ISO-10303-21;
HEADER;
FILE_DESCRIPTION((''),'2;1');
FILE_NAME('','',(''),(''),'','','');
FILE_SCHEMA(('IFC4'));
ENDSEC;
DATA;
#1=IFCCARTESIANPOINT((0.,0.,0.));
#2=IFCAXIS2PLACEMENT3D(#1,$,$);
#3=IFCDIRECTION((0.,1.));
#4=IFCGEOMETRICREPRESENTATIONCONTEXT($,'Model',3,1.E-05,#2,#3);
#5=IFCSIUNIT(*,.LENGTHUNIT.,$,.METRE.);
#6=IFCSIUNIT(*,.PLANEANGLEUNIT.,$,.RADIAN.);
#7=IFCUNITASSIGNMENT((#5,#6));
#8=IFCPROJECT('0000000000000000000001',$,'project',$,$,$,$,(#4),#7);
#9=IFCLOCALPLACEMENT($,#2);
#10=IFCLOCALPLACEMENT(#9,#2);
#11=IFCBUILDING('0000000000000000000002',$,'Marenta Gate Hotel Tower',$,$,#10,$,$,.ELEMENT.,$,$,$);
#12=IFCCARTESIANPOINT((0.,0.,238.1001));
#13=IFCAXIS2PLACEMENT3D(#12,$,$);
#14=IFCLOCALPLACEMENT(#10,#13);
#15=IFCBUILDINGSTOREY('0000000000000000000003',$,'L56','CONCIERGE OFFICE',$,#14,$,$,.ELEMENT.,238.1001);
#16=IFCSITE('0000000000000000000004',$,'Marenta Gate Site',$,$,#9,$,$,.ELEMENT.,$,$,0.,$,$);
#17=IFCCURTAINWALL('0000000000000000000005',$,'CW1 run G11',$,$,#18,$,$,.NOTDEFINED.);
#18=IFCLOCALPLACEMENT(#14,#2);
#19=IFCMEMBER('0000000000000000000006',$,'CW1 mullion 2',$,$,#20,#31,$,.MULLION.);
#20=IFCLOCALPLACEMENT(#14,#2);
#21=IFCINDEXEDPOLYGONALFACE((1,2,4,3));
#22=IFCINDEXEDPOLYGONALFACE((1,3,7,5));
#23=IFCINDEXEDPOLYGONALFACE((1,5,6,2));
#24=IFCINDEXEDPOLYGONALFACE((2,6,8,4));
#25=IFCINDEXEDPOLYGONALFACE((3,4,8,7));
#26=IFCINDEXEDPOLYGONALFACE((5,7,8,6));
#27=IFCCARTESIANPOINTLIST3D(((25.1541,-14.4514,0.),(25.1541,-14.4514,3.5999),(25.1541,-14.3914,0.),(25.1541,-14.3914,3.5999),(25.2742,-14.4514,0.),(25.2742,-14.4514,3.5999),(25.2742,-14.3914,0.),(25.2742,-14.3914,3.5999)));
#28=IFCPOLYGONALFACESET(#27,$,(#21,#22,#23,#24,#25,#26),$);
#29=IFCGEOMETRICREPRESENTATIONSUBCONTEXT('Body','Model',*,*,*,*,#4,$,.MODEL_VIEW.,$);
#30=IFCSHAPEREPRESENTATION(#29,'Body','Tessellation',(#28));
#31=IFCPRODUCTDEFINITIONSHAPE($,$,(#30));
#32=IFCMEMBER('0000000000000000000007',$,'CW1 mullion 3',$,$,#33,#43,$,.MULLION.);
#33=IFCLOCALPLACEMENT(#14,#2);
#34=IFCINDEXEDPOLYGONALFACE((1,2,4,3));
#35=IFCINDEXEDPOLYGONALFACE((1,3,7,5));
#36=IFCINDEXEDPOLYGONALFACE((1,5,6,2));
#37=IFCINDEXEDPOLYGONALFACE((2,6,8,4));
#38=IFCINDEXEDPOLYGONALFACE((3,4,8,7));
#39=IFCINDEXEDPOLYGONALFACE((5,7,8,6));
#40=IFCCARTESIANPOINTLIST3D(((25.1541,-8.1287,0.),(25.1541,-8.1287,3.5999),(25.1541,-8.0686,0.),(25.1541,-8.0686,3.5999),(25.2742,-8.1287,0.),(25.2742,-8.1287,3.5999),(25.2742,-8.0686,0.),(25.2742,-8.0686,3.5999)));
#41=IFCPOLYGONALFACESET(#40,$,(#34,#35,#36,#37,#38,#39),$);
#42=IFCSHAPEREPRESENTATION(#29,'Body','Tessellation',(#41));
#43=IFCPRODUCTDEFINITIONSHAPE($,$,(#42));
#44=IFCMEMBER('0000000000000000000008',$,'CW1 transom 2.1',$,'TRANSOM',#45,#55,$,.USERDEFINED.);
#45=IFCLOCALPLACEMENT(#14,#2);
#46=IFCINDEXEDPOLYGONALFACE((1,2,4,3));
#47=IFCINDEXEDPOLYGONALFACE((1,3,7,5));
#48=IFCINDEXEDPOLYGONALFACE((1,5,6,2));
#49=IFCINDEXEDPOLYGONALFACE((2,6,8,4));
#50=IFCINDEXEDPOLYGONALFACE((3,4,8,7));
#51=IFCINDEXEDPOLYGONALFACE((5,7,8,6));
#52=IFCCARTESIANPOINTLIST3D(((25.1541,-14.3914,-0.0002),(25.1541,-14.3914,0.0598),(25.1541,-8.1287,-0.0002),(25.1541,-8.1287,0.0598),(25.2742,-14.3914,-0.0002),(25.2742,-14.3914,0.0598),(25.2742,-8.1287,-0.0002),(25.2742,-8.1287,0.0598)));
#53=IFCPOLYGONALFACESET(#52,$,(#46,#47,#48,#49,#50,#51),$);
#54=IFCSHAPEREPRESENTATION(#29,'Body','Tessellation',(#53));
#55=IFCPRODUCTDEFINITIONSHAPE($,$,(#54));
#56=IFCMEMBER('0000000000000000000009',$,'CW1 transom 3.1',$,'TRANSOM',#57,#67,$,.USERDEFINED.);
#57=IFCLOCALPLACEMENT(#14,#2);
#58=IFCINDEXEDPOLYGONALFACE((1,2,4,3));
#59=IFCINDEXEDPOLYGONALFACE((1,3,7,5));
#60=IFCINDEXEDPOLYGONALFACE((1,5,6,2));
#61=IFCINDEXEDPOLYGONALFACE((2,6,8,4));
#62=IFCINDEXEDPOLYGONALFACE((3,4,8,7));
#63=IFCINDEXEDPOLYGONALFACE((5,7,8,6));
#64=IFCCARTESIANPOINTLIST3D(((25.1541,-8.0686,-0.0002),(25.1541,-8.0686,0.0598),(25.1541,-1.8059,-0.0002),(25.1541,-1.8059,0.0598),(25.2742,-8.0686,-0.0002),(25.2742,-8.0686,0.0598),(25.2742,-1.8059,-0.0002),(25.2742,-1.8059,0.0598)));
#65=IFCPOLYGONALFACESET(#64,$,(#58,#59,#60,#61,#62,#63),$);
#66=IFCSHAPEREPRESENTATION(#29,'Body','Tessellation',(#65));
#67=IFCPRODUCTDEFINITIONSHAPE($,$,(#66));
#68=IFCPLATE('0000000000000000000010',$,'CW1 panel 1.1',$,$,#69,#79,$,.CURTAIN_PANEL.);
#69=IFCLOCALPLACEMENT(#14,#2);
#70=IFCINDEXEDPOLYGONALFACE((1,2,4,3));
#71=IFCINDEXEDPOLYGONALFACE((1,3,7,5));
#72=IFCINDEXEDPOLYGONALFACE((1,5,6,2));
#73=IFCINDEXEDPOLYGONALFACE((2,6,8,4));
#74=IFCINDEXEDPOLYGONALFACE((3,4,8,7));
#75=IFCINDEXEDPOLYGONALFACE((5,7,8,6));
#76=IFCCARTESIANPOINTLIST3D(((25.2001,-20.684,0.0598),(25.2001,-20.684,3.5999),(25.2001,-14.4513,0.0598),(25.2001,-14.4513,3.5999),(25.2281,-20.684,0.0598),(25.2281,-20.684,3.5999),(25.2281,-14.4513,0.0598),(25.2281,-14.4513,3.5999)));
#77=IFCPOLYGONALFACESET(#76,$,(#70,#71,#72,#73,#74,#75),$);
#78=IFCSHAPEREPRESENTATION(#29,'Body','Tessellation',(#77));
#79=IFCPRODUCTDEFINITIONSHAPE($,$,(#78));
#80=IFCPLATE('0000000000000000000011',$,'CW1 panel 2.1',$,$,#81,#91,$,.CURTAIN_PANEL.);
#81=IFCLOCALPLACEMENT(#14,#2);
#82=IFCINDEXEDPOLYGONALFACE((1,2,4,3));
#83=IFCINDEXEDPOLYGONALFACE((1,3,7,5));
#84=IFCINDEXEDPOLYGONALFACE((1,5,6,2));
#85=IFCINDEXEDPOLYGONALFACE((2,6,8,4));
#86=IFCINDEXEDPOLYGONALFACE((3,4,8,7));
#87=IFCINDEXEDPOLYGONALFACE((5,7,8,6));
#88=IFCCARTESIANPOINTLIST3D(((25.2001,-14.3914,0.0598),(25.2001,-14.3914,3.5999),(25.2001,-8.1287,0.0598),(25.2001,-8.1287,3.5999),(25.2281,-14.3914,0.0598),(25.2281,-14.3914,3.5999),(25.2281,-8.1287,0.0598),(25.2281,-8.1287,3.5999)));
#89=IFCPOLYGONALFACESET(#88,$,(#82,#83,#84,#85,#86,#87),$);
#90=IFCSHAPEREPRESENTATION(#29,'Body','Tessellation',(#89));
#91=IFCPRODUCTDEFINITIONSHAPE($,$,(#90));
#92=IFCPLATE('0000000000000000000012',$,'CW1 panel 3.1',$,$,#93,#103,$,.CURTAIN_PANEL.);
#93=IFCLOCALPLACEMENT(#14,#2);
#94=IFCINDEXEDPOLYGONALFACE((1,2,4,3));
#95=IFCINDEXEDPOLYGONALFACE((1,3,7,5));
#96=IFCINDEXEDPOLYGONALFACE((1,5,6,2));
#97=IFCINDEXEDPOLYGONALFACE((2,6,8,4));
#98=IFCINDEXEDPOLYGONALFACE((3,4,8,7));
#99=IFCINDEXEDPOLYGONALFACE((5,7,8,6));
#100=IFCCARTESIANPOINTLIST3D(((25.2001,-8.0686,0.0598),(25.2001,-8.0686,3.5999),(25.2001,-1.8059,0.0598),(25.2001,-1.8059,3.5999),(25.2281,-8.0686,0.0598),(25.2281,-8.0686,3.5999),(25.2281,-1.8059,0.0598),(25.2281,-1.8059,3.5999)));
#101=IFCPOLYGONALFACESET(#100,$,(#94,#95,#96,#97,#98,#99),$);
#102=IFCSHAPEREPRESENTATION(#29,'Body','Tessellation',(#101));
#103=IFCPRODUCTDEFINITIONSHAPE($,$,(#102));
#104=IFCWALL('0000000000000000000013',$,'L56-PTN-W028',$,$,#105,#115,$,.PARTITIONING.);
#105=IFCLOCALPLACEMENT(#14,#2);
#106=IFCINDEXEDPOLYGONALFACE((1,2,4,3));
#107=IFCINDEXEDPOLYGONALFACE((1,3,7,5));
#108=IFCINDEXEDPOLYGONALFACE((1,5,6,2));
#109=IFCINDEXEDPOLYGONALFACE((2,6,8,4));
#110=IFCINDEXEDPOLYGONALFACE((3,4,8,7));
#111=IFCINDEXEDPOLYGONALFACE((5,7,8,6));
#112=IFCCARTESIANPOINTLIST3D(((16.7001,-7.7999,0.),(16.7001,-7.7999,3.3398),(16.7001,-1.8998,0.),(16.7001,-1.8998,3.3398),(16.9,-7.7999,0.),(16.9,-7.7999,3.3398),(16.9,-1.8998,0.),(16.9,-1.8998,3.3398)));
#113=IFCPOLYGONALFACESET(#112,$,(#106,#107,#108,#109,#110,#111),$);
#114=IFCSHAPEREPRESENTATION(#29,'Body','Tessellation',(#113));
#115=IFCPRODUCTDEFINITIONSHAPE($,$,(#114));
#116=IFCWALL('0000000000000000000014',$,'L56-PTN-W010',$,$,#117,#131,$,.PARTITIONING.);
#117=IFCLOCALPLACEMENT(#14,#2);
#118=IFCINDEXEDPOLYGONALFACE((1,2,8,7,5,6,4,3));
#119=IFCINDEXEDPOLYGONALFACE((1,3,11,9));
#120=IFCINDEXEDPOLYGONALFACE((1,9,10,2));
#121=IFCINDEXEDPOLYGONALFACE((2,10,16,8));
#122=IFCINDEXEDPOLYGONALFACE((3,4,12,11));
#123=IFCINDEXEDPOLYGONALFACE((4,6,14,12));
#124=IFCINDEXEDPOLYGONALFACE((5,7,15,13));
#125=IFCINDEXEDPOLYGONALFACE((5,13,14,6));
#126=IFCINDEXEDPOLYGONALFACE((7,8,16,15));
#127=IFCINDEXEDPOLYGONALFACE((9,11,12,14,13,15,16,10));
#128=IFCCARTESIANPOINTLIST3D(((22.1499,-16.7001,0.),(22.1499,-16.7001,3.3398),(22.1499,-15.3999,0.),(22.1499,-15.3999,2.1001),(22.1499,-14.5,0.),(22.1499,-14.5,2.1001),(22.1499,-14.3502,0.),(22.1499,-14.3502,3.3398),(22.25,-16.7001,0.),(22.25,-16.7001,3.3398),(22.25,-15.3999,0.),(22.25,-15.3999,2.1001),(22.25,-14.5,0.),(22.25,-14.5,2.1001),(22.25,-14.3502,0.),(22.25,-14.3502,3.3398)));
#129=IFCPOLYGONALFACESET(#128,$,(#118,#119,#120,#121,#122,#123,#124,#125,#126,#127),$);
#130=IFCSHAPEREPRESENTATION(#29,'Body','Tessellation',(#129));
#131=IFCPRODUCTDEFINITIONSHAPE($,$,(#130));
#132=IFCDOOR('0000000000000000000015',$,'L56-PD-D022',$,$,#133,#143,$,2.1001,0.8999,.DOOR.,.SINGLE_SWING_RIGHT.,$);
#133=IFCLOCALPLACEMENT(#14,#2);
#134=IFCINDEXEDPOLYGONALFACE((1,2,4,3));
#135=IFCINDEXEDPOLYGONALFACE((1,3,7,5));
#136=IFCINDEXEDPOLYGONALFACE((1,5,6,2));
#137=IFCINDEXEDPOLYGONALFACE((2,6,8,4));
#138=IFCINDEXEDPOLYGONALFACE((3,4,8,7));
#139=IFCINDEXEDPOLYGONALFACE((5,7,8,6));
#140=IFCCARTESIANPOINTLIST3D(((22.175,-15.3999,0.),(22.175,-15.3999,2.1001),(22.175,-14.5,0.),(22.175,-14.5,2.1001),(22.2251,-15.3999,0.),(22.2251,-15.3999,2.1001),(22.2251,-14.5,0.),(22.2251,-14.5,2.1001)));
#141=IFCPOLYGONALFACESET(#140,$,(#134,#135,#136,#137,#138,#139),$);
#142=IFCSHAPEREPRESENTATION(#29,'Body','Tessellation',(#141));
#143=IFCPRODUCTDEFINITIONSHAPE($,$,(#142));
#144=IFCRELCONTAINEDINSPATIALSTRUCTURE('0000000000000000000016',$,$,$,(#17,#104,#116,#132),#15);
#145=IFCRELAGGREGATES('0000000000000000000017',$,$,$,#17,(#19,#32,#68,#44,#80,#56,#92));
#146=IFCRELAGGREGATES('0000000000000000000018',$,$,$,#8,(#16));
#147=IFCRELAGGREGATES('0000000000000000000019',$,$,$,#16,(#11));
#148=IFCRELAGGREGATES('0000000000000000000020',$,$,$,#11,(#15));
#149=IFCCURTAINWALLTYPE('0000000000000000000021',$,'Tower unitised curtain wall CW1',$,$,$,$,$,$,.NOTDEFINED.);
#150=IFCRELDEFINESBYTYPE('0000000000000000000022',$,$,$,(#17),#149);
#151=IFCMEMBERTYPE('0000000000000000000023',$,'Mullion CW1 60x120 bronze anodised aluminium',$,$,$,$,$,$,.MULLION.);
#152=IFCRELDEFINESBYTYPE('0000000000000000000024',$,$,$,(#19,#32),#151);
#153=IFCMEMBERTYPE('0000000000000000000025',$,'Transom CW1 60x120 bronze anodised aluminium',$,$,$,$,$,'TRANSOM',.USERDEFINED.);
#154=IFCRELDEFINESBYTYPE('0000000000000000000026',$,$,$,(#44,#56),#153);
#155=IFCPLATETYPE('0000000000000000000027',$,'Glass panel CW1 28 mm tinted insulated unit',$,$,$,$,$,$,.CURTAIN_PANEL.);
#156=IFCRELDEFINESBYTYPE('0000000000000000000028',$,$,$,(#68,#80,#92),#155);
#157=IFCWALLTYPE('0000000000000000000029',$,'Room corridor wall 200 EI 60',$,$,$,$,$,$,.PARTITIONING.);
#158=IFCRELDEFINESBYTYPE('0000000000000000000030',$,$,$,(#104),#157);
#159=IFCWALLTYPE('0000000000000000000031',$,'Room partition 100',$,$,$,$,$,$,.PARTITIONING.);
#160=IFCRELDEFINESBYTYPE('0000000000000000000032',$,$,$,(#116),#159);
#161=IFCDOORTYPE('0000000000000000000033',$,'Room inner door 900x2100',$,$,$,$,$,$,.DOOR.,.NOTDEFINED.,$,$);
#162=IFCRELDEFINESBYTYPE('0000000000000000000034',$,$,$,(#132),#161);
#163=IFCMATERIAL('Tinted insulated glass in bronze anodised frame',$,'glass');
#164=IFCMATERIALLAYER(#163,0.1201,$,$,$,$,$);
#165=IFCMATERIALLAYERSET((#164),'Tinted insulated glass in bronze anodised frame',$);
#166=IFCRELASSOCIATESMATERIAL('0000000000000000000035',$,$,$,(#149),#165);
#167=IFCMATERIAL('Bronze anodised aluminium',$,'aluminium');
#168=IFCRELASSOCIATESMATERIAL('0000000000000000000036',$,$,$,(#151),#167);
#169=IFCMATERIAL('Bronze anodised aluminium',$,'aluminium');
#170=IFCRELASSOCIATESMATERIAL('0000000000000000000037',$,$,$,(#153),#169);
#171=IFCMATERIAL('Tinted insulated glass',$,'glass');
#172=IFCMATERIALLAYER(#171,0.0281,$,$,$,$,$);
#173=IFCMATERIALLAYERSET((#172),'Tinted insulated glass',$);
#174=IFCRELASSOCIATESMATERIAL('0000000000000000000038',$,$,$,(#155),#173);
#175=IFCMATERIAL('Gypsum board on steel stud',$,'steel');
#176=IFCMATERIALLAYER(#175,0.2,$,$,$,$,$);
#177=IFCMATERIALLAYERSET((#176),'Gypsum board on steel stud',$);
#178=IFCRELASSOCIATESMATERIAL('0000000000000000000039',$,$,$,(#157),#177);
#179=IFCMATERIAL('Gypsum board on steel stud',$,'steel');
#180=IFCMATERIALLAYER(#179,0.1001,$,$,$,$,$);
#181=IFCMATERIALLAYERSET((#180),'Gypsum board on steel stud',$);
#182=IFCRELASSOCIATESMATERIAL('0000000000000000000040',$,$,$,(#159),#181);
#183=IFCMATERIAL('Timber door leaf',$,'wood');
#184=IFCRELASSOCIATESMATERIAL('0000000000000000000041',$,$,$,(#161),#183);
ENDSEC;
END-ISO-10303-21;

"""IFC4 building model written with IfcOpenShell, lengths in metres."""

from ifc_helpers import new_model, si_unit, direction, frame, frame_2d, origin, origin_2d, place, context, subcontext, project, spatial, rectangle, extrude, material, layer, layer_set, material_profile, profile_set, type_object, element, fill, aggregate, save


model = new_model("IFC4")

# Units and contexts
model_context = context("Model", 3, precision=1e-05, world=origin(), true_north=direction((0.0, 1.0)))
body_context = subcontext(model_context, "Body", "Model", "MODEL_VIEW")
ifc_project = project(units=[si_unit("LENGTHUNIT", "METRE"), si_unit("PLANEANGLEUNIT", "RADIAN")], contexts=[model_context])

# Site, building, storey
site_placement = place(None, origin())
site = spatial("IfcSite", under=ifc_project, at=site_placement, Name="Marenta Gate Site", CompositionType="ELEMENT", RefElevation=0.0)
building_placement = place(site_placement, origin())
building = spatial("IfcBuilding", under=site, at=building_placement, Name="Marenta Gate Hotel Tower", CompositionType="ELEMENT")
storey_placement = place(building_placement, frame((0.0, 0.0, 238.1001)))
storey = spatial("IfcBuildingStorey", under=building, at=storey_placement, Name="L56", Description="CONCIERGE OFFICE", CompositionType="ELEMENT", Elevation=238.1001)

# Curtain wall, members, plates
ifc_material_1 = material(Name="Tinted insulated glass in bronze anodised frame", Category="glass")
ifc_layer_1 = layer(ifc_material_1, 0.1201)
ifc_layer_set_1 = layer_set([ifc_layer_1], Name="Tinted insulated glass in bronze anodised frame")
curtain_wall_type = type_object("IfcCurtainWallType", Name="Tower unitised curtain wall CW1", PredefinedType="NOTDEFINED", material=ifc_layer_set_1)
curtain_wall_placement = place(storey_placement, origin())
curtain_wall = element("IfcCurtainWall", 1, at=curtain_wall_placement, inside=storey, type_object=curtain_wall_type, Name="CW1 run G11", PredefinedType="NOTDEFINED")
ifc_material_2 = material(Name="Bronze anodised aluminium", Category="aluminium")
ifc_material_profile_1 = material_profile(ifc_material_2, rectangle(XDim=0.1201, YDim=0.0601, at=origin_2d()), Name="Mullion CW1 60x120 bronze anodised aluminium")
ifc_profile_set_1 = profile_set([ifc_material_profile_1], Name="Bronze anodised aluminium")
member_type_1 = type_object("IfcMemberType", Name="Mullion CW1 60x120 bronze anodised aluminium", PredefinedType="MULLION", material=ifc_profile_set_1)
member_1_placement = place(storey_placement, frame((25.2141, -14.4214, 0.0), z_axis=(0.0, 0.0, 1.0), x_axis=(-1.0, 0.0, 0.0)))
member_1 = element("IfcMember", 2, at=member_1_placement, type_object=member_type_1, Name="CW1 mullion 2", PredefinedType="MULLION", context=body_context, shape_type="SweptSolid", body=[
    extrude(rectangle(XDim=0.1201, YDim=0.0601, at=origin_2d()), origin(), (0.0, 0.0, 1.0), 3.5999),
])
member_2_placement = place(storey_placement, frame((25.2141, -8.0986, 0.0), z_axis=(0.0, 0.0, 1.0), x_axis=(-1.0, 0.0, 0.0)))
member_2 = element("IfcMember", 3, at=member_2_placement, type_object=member_type_1, Name="CW1 mullion 3", PredefinedType="MULLION", context=body_context, shape_type="SweptSolid", body=[
    extrude(rectangle(XDim=0.1201, YDim=0.0601, at=origin_2d()), origin(), (0.0, 0.0, 1.0), 3.5999),
])
ifc_material_3 = material(Name="Bronze anodised aluminium", Category="aluminium")
ifc_material_profile_2 = material_profile(ifc_material_3, rectangle(XDim=0.1201, YDim=0.0601, at=origin_2d()), Name="Transom CW1 60x120 bronze anodised aluminium")
ifc_profile_set_2 = profile_set([ifc_material_profile_2], Name="Bronze anodised aluminium")
member_type_2 = type_object("IfcMemberType", Name="Transom CW1 60x120 bronze anodised aluminium", ElementType="TRANSOM", PredefinedType="USERDEFINED", material=ifc_profile_set_2)
member_3_placement = place(storey_placement, frame((25.2141, -14.3914, 0.0298), z_axis=(0.0, 1.0, 0.0), x_axis=(-1.0, 0.0, 0.0)))
member_3 = element("IfcMember", 4, at=member_3_placement, type_object=member_type_2, Name="CW1 transom 2.1", ObjectType="TRANSOM", PredefinedType="USERDEFINED", context=body_context, shape_type="SweptSolid", body=[
    extrude(rectangle(XDim=0.1201, YDim=0.0601, at=origin_2d()), origin(), (0.0, 0.0, 1.0), 6.2627),
])
member_4_placement = place(storey_placement, frame((25.2141, -8.0686, 0.0298), z_axis=(0.0, 1.0, 0.0), x_axis=(-1.0, 0.0, 0.0)))
member_4 = element("IfcMember", 5, at=member_4_placement, type_object=member_type_2, Name="CW1 transom 3.1", ObjectType="TRANSOM", PredefinedType="USERDEFINED", context=body_context, shape_type="SweptSolid", body=[
    extrude(rectangle(XDim=0.1201, YDim=0.0601, at=origin_2d()), origin(), (0.0, 0.0, 1.0), 6.2627),
])
ifc_material_4 = material(Name="Tinted insulated glass", Category="glass")
ifc_layer_2 = layer(ifc_material_4, 0.0281)
ifc_layer_set_2 = layer_set([ifc_layer_2], Name="Tinted insulated glass")
plate_type = type_object("IfcPlateType", Name="Glass panel CW1 28 mm tinted insulated unit", PredefinedType="CURTAIN_PANEL", material=ifc_layer_set_2)
plate_1_placement = place(storey_placement, frame((25.2141, -17.5676, 0.0598), z_axis=(0.0, 0.0, 1.0), x_axis=(0.0, 1.0, 0.0)))
plate_1 = element("IfcPlate", 6, at=plate_1_placement, type_object=plate_type, Name="CW1 panel 1.1", PredefinedType="CURTAIN_PANEL", context=body_context, shape_type="SweptSolid", body=[
    extrude(rectangle(XDim=6.2327, YDim=0.0281, at=origin_2d()), origin(), (0.0, 0.0, 1.0), 3.54),
])
plate_2_placement = place(storey_placement, frame((25.2141, -11.26, 0.0598), z_axis=(0.0, 0.0, 1.0), x_axis=(0.0, 1.0, 0.0)))
plate_2 = element("IfcPlate", 7, at=plate_2_placement, type_object=plate_type, Name="CW1 panel 2.1", PredefinedType="CURTAIN_PANEL", context=body_context, shape_type="SweptSolid", body=[
    extrude(rectangle(XDim=6.2627, YDim=0.0281, at=origin_2d()), origin(), (0.0, 0.0, 1.0), 3.54),
])
plate_3_placement = place(storey_placement, frame((25.2141, -4.9373, 0.0598), z_axis=(0.0, 0.0, 1.0), x_axis=(0.0, 1.0, 0.0)))
plate_3 = element("IfcPlate", 8, at=plate_3_placement, type_object=plate_type, Name="CW1 panel 3.1", PredefinedType="CURTAIN_PANEL", context=body_context, shape_type="SweptSolid", body=[
    extrude(rectangle(XDim=6.2627, YDim=0.0281, at=origin_2d()), origin(), (0.0, 0.0, 1.0), 3.54),
])
aggregate(curtain_wall, [member_1, member_2, plate_1, member_3, plate_2, member_4, plate_3])

# Wall
ifc_material_5 = material(Name="Gypsum board on steel stud", Category="steel")
ifc_layer_3 = layer(ifc_material_5, 0.2)
ifc_layer_set_3 = layer_set([ifc_layer_3], Name="Gypsum board on steel stud")
wall_type_1 = type_object("IfcWallType", Name="Room corridor wall 200 EI 60", PredefinedType="PARTITIONING", material=ifc_layer_set_3)
wall_1_placement = place(storey_placement, frame((16.8, -7.8, 0.0), z_axis=(0.0, 0.0, 1.0), x_axis=(0.0, 1.0, 0.0)))
element("IfcWall", 9, at=wall_1_placement, inside=storey, type_object=wall_type_1, Name="L56-PTN-W028", PredefinedType="PARTITIONING", context=body_context, shape_type="SweptSolid", body=[
    extrude(rectangle(XDim=5.9001, YDim=0.2, at=frame_2d((2.9502, 0.0))), origin(), (0.0, 0.0, 1.0), 3.3398),
])

# Wall, opening, door
ifc_material_6 = material(Name="Gypsum board on steel stud", Category="steel")
ifc_layer_4 = layer(ifc_material_6, 0.1001)
ifc_layer_set_4 = layer_set([ifc_layer_4], Name="Gypsum board on steel stud")
wall_type_2 = type_object("IfcWallType", Name="Room partition 100", PredefinedType="PARTITIONING", material=ifc_layer_set_4)
wall_2_placement = place(storey_placement, frame((22.2, -16.7, 0.0), z_axis=(0.0, 0.0, 1.0), x_axis=(0.0, 1.0, 0.0)))
wall_2 = element("IfcWall", 10, at=wall_2_placement, inside=storey, type_object=wall_type_2, Name="L56-PTN-W010", PredefinedType="PARTITIONING", context=body_context, shape_type="SweptSolid", body=[
    extrude(rectangle(XDim=2.3499, YDim=0.1001, at=frame_2d((1.1748, 0.0))), origin(), (0.0, 0.0, 1.0), 3.3398),
])
opening_1_placement = place(wall_2_placement, frame((1.3, 0.0, 0.0)))
opening_1 = element("IfcOpeningElement", 11, at=opening_1_placement, cuts=wall_2, PredefinedType="OPENING", context=body_context, shape_type="SweptSolid", body=[
    extrude(rectangle(XDim=0.8999, YDim=2.1001, at=frame_2d((0.45, 1.05))), frame((0.0, 0.05, 0.0), z_axis=(0.0, -1.0, 0.0), x_axis=(1.0, 0.0, 0.0)), (0.0, 0.0, 1.0), 0.1001),
])
ifc_material_7 = material(Name="Timber door leaf", Category="wood")
door_type_1 = type_object("IfcDoorType", Name="Room inner door 900x2100", OperationType="NOTDEFINED", PredefinedType="DOOR", material=ifc_material_7)
door_1_placement = place(opening_1_placement, origin())
door_1 = element("IfcDoor", 12, at=door_1_placement, inside=storey, type_object=door_type_1, Name="L56-PD-D022", OperationType="SINGLE_SWING_RIGHT", OverallHeight=2.1001, OverallWidth=0.8999, PredefinedType="DOOR", context=body_context, shape_type="SweptSolid", body=[
    extrude(rectangle(XDim=0.8999, YDim=2.1001, at=frame_2d((0.45, 1.05))), frame((0.0, 0.0249, 0.0), z_axis=(0.0, -1.0, 0.0), x_axis=(1.0, 0.0, 0.0)), (0.0, 0.0, 1.0), 0.05),
])
fill(opening_1, door_1)

save(model, "model.ifc")
